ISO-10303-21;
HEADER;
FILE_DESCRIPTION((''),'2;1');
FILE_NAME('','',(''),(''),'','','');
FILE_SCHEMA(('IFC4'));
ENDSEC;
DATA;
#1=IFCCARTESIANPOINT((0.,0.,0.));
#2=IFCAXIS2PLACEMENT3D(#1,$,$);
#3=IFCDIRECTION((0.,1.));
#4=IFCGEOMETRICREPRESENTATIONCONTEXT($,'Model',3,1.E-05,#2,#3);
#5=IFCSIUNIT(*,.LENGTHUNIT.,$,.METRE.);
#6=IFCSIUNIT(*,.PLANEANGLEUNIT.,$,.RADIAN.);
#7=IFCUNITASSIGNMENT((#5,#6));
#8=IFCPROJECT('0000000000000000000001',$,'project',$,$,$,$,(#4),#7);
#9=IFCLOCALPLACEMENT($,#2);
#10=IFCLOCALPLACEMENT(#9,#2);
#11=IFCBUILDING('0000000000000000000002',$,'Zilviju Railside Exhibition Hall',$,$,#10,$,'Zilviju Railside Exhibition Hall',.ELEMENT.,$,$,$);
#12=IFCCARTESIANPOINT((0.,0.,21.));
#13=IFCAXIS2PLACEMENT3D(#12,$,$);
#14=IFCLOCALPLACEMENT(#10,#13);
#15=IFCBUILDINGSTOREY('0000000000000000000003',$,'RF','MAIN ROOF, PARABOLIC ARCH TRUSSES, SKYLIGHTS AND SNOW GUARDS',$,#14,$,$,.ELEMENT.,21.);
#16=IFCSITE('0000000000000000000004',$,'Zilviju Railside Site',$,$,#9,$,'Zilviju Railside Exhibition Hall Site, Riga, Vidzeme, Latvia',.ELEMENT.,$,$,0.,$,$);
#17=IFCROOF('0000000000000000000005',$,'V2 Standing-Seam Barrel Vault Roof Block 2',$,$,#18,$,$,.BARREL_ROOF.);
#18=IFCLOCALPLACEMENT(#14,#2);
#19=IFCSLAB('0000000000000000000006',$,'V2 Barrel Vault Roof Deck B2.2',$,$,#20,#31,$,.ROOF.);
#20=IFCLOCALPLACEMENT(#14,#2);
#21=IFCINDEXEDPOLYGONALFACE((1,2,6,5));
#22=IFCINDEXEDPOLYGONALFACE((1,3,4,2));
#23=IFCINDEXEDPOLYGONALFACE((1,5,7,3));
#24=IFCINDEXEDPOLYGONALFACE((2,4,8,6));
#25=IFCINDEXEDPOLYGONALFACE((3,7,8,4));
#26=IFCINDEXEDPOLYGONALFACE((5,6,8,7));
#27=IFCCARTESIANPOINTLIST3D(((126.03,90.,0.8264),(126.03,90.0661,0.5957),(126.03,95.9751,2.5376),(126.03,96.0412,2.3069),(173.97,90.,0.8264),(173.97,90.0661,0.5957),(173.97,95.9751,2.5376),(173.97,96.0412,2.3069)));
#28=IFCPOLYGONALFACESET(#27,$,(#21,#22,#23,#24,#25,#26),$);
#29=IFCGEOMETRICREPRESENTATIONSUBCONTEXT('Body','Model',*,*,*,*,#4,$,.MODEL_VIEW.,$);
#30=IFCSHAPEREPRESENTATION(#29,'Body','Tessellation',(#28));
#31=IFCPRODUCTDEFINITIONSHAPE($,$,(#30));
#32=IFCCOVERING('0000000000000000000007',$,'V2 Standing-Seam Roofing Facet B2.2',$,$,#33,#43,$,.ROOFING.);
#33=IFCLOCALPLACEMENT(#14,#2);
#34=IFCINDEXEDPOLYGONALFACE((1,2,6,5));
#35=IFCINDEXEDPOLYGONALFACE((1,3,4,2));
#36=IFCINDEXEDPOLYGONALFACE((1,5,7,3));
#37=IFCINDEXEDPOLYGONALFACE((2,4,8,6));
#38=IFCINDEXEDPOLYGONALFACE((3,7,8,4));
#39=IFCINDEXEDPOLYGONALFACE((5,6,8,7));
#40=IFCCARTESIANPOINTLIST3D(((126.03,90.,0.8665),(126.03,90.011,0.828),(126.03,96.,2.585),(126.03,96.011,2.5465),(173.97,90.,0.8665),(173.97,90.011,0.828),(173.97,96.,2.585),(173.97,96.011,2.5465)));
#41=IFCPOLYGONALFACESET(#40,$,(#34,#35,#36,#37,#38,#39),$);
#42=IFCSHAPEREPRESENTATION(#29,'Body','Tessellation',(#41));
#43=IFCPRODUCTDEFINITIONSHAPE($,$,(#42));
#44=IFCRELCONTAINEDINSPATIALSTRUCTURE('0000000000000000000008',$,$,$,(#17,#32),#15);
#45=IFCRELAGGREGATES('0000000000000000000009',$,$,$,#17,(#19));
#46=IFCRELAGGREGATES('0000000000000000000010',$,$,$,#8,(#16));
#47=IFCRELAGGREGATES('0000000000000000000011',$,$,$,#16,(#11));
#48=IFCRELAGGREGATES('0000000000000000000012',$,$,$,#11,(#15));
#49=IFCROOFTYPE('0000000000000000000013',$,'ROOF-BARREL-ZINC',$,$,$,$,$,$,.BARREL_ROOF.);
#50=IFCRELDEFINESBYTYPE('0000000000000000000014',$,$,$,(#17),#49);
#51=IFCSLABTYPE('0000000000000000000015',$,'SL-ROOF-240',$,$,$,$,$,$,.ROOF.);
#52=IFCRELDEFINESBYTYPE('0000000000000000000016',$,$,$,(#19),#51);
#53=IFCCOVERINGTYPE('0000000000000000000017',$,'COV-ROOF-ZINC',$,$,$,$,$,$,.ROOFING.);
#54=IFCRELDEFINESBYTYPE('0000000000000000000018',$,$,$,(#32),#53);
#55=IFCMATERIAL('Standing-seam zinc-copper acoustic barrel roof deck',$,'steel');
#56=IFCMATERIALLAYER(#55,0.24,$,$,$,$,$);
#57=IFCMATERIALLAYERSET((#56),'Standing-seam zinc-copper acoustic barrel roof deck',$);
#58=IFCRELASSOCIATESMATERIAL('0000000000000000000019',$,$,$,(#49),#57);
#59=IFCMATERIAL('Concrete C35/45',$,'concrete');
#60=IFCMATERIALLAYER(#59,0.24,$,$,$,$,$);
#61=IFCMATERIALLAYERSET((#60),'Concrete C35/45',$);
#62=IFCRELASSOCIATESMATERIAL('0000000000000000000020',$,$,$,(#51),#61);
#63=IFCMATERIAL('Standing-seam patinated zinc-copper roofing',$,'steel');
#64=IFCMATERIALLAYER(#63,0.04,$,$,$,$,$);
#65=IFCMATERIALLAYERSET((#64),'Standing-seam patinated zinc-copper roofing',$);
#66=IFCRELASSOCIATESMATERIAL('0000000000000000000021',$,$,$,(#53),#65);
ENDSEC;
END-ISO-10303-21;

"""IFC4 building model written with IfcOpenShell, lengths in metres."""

from ifc_helpers import new_model, si_unit, direction, frame, origin, place, context, subcontext, project, spatial, polyline, outline, extrude, material, layer, layer_set, type_object, element, aggregate, save


model = new_model("IFC4")

# Units and contexts
model_context = context("Model", 3, precision=1e-05, world=origin(), true_north=direction((0.0, 1.0)))
body_context = subcontext(model_context, "Body", "Model", "MODEL_VIEW")
ifc_project = project(units=[si_unit("LENGTHUNIT", "METRE"), si_unit("PLANEANGLEUNIT", "RADIAN")], contexts=[model_context])

# Site, building, storey
site_placement = place(None, origin())
site = spatial("IfcSite", under=ifc_project, at=site_placement, Name="Zilviju Railside Site", LongName="Zilviju Railside Exhibition Hall Site, Riga, Vidzeme, Latvia", CompositionType="ELEMENT", RefElevation=0.0)
building_placement = place(site_placement, origin())
building = spatial("IfcBuilding", under=site, at=building_placement, Name="Zilviju Railside Exhibition Hall", LongName="Zilviju Railside Exhibition Hall", CompositionType="ELEMENT")
storey_placement = place(building_placement, frame((0.0, 0.0, 21.0)))
storey = spatial("IfcBuildingStorey", under=building, at=storey_placement, Name="RF", Description="MAIN ROOF, PARABOLIC ARCH TRUSSES, SKYLIGHTS AND SNOW GUARDS", CompositionType="ELEMENT", Elevation=21.0)

# Roof, slab
ifc_material_1 = material(Name="Standing-seam zinc-copper acoustic barrel roof deck", Category="steel")
ifc_layer_1 = layer(ifc_material_1, 0.24)
ifc_layer_set_1 = layer_set([ifc_layer_1], Name="Standing-seam zinc-copper acoustic barrel roof deck")
roof_type = type_object("IfcRoofType", Name="ROOF-BARREL-ZINC", PredefinedType="BARREL_ROOF", material=ifc_layer_set_1)
roof_placement = place(storey_placement, origin())
roof = element("IfcRoof", 1, at=roof_placement, inside=storey, type_object=roof_type, Name="V2 Standing-Seam Barrel Vault Roof Block 2", PredefinedType="BARREL_ROOF")
ifc_material_2 = material(Name="Concrete C35/45", Category="concrete")
ifc_layer_2 = layer(ifc_material_2, 0.24)
ifc_layer_set_2 = layer_set([ifc_layer_2], Name="Concrete C35/45")
slab_type = type_object("IfcSlabType", Name="SL-ROOF-240", PredefinedType="ROOF", material=ifc_layer_set_2)
slab_placement = place(storey_placement, frame((126.03, 90.0, 0.8264), z_axis=(0.0, -0.275318, 0.961353), x_axis=(1.0, 0.0, 0.0)))
slab = element("IfcSlab", 2, at=slab_placement, type_object=slab_type, Name="V2 Barrel Vault Roof Deck B2.2", PredefinedType="ROOF", context=body_context, shape_type="SweptSolid", body=[
    extrude(outline(polyline([(0.0, 0.0), (47.9399, 0.0), (47.9399, 6.2153), (0.0, 6.2153), (0.0, 0.0)])), origin(), (0.0, 0.0, -1.0), 0.24),
])
aggregate(roof, [slab])

# Covering
ifc_material_3 = material(Name="Standing-seam patinated zinc-copper roofing", Category="steel")
ifc_layer_3 = layer(ifc_material_3, 0.04)
ifc_layer_set_3 = layer_set([ifc_layer_3], Name="Standing-seam patinated zinc-copper roofing")
covering_type = type_object("IfcCoveringType", Name="COV-ROOF-ZINC", PredefinedType="ROOFING", material=ifc_layer_set_3)
covering_placement = place(storey_placement, frame((126.03, 90.0, 0.8665), z_axis=(0.0, -0.275346, 0.961345), x_axis=(1.0, 0.0, 0.0)))
element("IfcCovering", 3, at=covering_placement, inside=storey, type_object=covering_type, Name="V2 Standing-Seam Roofing Facet B2.2", PredefinedType="ROOFING", context=body_context, shape_type="SweptSolid", body=[
    extrude(outline(polyline([(0.0, 0.0), (47.9399, 0.0), (47.9399, 6.2413), (0.0, 6.2413), (0.0, 0.0)])), origin(), (0.0, 0.0, -1.0), 0.04),
])

save(model, "model.ifc")
